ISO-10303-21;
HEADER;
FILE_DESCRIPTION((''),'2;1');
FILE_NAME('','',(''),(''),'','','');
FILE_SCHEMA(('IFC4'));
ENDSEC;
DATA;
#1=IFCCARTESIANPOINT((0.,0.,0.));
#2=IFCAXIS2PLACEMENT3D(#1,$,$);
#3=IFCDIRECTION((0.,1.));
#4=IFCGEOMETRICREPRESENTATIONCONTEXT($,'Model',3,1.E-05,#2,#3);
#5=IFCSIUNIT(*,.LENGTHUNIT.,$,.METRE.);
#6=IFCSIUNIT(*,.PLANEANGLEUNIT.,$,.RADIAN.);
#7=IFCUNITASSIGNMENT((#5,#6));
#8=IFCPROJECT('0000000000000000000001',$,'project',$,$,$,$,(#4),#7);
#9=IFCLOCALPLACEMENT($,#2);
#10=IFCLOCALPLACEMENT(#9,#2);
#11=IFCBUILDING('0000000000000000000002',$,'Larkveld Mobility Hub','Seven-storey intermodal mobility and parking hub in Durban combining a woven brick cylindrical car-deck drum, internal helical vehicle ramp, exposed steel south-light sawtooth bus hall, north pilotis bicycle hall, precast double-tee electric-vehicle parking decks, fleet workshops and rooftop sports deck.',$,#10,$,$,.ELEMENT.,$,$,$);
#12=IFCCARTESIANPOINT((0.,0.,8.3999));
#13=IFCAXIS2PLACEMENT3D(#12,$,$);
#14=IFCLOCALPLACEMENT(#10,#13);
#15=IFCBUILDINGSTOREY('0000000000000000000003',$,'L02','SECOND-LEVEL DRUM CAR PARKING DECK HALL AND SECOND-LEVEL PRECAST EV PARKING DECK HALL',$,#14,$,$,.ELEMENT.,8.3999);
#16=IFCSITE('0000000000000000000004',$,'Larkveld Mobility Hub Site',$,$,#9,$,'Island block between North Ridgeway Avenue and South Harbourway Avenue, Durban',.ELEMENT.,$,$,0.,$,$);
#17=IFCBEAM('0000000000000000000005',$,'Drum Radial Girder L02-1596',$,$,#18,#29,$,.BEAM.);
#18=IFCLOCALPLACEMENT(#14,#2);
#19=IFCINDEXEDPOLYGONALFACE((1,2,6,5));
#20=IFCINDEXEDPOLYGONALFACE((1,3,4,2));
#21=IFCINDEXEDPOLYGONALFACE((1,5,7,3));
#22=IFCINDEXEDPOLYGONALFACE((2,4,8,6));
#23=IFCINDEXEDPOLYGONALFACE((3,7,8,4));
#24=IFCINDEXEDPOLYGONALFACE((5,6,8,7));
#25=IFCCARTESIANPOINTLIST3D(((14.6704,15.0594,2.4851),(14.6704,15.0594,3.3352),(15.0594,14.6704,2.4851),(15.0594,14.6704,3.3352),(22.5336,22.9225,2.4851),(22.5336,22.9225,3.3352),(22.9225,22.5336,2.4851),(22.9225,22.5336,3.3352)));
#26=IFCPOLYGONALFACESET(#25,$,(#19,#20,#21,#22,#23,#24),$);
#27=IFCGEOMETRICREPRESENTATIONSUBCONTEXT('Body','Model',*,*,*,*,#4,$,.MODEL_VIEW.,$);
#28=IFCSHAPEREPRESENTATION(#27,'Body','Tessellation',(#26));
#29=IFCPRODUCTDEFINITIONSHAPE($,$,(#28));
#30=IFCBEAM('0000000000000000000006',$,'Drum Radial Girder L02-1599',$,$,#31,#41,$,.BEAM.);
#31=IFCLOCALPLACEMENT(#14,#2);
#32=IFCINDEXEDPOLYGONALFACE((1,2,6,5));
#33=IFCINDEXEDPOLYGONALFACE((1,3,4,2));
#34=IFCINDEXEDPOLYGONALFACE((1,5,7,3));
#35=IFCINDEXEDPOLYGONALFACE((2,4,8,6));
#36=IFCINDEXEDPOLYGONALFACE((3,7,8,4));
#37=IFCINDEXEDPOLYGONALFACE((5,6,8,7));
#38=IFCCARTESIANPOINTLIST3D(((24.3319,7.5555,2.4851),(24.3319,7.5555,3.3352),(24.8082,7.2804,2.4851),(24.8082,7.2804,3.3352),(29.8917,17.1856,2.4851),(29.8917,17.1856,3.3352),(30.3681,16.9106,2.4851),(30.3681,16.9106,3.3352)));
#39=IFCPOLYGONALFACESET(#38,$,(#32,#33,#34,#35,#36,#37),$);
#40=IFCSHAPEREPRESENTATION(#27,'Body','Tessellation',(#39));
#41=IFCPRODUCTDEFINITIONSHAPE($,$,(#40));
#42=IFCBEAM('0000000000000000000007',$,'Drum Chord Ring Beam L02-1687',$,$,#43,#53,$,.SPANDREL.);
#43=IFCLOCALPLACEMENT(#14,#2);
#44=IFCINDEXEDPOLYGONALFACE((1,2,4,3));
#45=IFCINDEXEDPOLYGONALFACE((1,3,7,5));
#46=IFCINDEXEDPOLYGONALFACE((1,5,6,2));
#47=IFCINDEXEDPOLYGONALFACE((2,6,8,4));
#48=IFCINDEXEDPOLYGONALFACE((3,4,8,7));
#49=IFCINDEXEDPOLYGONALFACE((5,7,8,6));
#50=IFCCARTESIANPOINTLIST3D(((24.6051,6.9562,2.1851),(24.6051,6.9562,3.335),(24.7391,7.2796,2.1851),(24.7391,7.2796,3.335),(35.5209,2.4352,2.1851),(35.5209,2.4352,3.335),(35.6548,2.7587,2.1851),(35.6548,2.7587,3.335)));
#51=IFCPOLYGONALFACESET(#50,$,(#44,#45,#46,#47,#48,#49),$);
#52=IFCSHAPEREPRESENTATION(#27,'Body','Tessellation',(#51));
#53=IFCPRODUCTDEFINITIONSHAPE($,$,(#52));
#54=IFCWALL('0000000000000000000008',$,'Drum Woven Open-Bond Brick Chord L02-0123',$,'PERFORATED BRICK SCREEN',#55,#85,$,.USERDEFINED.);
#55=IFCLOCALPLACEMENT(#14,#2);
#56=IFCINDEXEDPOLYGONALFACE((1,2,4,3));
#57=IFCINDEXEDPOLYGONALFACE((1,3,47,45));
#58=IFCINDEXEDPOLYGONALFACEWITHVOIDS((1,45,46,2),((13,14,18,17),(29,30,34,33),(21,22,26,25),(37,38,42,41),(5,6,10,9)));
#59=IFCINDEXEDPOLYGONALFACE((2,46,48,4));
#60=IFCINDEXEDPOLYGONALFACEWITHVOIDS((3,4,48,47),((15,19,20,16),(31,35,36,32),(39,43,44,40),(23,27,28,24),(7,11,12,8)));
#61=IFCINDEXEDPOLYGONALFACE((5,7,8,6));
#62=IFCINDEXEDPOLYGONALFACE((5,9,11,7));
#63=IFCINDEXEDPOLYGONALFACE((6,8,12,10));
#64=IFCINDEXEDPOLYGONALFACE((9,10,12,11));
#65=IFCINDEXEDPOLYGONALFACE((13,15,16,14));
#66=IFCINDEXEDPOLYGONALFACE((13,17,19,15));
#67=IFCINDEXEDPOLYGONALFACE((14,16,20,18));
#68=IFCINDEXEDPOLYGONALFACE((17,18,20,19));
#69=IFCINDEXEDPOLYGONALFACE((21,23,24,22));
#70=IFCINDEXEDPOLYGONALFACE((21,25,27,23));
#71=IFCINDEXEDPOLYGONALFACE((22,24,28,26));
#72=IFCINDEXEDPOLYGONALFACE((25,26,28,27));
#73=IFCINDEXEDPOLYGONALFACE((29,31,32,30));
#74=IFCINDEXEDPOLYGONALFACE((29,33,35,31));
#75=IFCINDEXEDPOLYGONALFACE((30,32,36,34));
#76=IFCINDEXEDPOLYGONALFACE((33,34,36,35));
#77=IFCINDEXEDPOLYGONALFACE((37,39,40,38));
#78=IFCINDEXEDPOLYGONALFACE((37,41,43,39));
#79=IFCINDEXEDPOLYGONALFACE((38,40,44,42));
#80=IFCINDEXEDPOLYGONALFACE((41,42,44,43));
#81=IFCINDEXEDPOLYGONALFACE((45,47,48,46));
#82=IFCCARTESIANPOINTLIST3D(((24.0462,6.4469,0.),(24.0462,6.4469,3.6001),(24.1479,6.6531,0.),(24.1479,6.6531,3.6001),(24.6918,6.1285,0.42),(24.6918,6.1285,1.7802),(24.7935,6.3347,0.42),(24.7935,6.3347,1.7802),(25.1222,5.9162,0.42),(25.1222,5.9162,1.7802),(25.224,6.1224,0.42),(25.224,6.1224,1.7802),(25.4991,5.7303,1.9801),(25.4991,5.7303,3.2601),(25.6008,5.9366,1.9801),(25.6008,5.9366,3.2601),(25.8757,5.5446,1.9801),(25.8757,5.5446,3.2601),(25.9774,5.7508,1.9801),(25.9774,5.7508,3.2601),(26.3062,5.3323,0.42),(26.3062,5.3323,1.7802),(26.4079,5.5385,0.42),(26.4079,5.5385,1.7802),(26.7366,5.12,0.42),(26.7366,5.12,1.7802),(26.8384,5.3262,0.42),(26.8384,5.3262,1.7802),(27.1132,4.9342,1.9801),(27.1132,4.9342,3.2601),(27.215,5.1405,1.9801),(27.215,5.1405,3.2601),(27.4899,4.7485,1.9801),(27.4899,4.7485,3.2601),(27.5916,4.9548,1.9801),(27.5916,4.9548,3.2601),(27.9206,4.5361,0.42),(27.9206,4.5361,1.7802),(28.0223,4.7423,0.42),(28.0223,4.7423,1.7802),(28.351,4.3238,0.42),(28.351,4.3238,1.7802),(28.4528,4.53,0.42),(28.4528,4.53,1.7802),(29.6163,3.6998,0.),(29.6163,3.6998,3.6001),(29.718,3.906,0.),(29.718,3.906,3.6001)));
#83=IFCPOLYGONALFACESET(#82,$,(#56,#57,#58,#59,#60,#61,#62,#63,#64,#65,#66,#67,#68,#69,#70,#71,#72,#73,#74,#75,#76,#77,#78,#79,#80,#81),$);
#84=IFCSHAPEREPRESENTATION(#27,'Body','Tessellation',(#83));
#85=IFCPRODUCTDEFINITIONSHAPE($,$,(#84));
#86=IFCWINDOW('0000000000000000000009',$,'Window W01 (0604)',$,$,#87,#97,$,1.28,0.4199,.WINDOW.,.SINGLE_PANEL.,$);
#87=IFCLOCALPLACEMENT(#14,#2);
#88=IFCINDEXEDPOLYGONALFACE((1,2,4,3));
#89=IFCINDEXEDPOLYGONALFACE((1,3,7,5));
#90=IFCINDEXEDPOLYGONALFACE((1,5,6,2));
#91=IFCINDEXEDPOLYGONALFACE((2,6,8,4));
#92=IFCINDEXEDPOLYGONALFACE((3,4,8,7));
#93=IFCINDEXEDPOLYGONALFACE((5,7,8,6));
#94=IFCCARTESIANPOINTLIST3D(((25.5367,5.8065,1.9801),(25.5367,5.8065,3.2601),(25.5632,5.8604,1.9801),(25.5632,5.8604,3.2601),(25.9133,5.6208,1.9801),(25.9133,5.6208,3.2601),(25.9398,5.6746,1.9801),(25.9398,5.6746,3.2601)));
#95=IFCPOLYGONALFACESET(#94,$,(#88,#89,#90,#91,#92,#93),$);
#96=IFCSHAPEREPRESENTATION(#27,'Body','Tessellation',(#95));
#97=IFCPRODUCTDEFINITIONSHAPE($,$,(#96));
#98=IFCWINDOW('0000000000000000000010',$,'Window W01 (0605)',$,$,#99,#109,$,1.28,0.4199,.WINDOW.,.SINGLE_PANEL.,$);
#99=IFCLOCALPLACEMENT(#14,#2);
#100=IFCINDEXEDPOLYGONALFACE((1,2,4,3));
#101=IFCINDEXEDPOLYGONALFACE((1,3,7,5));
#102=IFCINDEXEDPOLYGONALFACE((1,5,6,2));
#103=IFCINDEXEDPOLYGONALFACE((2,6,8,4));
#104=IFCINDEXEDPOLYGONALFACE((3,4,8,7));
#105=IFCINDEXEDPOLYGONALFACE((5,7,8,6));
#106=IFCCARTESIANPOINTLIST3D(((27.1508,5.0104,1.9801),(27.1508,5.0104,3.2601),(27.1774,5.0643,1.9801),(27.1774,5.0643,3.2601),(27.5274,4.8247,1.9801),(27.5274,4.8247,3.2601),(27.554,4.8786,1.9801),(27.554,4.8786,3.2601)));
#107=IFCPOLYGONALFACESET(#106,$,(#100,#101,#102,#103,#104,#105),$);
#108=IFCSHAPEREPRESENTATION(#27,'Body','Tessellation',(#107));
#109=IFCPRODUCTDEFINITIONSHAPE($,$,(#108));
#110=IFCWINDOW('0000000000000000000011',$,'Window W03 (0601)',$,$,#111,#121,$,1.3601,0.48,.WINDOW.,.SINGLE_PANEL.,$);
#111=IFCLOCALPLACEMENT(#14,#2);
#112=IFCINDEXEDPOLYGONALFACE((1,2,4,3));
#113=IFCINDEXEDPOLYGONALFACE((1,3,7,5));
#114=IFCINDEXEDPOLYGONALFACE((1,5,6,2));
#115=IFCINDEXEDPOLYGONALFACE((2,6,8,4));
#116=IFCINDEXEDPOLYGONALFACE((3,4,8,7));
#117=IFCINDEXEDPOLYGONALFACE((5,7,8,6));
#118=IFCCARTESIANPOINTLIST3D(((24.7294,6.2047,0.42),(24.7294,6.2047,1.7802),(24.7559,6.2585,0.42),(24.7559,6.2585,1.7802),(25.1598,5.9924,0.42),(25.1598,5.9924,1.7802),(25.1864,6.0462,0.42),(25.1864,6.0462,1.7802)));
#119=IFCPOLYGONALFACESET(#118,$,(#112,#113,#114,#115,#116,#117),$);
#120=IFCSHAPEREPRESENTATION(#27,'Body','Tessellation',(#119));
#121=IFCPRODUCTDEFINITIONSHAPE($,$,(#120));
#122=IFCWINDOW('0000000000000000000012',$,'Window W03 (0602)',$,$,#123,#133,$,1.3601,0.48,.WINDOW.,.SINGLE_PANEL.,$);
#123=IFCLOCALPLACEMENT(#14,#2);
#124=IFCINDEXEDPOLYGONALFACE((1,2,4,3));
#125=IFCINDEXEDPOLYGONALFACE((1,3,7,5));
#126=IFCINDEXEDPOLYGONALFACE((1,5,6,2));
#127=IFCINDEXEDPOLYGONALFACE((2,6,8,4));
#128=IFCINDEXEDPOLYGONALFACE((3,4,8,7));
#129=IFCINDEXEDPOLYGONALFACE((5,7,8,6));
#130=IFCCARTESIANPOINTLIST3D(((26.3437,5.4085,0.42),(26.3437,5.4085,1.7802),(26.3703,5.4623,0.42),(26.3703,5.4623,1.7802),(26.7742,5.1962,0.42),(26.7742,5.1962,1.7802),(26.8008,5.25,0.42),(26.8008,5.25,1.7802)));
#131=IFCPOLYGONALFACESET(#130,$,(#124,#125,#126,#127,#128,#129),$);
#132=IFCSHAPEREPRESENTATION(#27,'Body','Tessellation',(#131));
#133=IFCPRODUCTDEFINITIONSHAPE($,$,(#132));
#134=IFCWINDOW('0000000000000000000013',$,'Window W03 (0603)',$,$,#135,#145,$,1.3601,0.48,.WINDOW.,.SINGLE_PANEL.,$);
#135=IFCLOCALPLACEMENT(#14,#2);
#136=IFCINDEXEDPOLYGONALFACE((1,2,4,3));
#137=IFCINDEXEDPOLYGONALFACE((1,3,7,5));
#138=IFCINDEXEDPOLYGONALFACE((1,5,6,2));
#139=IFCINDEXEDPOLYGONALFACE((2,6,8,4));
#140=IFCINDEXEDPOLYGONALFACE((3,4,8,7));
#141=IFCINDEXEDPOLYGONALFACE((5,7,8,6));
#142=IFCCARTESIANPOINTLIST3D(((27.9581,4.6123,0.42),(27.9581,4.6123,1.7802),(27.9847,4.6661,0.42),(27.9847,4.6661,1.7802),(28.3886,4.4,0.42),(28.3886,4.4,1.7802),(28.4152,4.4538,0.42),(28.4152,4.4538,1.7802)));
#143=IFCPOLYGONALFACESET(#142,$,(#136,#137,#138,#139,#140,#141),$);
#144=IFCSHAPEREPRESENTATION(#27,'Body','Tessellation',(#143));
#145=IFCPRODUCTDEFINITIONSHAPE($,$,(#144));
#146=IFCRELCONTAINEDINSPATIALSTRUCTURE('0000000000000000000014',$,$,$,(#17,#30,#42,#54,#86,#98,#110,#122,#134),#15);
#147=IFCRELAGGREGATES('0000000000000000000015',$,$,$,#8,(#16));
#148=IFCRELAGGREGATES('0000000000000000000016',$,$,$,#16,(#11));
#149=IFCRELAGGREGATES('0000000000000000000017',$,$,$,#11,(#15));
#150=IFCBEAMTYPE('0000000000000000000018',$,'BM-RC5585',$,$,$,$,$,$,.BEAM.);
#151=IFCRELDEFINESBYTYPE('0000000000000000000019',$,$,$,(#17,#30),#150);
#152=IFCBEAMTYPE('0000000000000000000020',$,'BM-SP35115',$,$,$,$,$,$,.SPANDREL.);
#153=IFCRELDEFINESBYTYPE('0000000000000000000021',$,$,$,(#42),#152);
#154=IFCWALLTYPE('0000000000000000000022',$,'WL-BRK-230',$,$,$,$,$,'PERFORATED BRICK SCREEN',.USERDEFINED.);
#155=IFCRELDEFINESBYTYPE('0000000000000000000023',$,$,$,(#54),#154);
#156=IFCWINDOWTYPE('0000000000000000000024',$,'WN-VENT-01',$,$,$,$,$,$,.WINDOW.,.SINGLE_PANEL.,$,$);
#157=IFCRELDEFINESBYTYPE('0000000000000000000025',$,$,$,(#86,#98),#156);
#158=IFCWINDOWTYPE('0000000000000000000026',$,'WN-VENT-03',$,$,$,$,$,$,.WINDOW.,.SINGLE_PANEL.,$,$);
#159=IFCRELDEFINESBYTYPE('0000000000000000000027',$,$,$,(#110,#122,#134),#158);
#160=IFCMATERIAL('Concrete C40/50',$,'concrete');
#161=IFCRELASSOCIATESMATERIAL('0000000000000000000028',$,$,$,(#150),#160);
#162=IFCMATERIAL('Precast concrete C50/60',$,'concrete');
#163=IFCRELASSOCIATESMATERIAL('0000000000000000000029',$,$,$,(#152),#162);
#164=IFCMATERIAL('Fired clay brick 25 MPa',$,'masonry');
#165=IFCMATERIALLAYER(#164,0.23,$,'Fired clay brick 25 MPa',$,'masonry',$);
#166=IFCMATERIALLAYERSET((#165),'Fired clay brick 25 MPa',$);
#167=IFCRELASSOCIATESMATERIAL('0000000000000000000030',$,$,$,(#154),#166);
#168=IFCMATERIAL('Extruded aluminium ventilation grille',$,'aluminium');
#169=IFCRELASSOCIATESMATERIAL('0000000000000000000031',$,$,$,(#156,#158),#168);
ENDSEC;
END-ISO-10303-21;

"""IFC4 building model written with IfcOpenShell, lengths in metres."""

from ifc_helpers import new_model, si_unit, direction, frame, frame_2d, origin, origin_2d, place, context, subcontext, project, spatial, rectangle, extrude, material, layer, layer_set, material_profile, profile_set, type_object, element, fill, save


model = new_model("IFC4")

# Units and contexts
model_context = context("Model", 3, precision=1e-05, world=origin(), true_north=direction((0.0, 1.0)))
body_context = subcontext(model_context, "Body", "Model", "MODEL_VIEW")
ifc_project = project(units=[si_unit("LENGTHUNIT", "METRE"), si_unit("PLANEANGLEUNIT", "RADIAN")], contexts=[model_context])

# Site, building, storey
site_placement = place(None, origin())
site = spatial("IfcSite", under=ifc_project, at=site_placement, Name="Larkveld Mobility Hub Site", LongName="Island block between North Ridgeway Avenue and South Harbourway Avenue, Durban", CompositionType="ELEMENT", RefElevation=0.0)
building_placement = place(site_placement, origin())
building = spatial("IfcBuilding", under=site, at=building_placement, Name="Larkveld Mobility Hub", Description="Seven-storey intermodal mobility and parking hub in Durban combining a woven brick cylindrical car-deck drum, internal helical vehicle ramp, exposed steel south-light sawtooth bus hall, north pilotis bicycle hall, precast double-tee electric-vehicle parking decks, fleet workshops and rooftop sports deck.", CompositionType="ELEMENT")
storey_placement = place(building_placement, frame((0.0, 0.0, 8.3999)))
storey = spatial("IfcBuildingStorey", under=building, at=storey_placement, Name="L02", Description="SECOND-LEVEL DRUM CAR PARKING DECK HALL AND SECOND-LEVEL PRECAST EV PARKING DECK HALL", CompositionType="ELEMENT", Elevation=8.3999)

# Shared definitions
ifc_material_1 = material(Name="Concrete C40/50", Category="concrete")

# Beams
ifc_material_profile_1 = material_profile(ifc_material_1, rectangle(XDim=0.55, YDim=0.8501, at=origin_2d()), Name="RC BM 550x850")
ifc_profile_set_1 = profile_set([ifc_material_profile_1], Name="Concrete C40/50")
beam_type_1 = type_object("IfcBeamType", Name="BM-RC5585", PredefinedType="BEAM", material=ifc_profile_set_1)
beam_1_placement = place(storey_placement, frame((22.728, 22.728, 2.9102), z_axis=(-0.707107, -0.707107, 0.0), x_axis=(0.707107, -0.707107, 0.0)))
element("IfcBeam", 1, at=beam_1_placement, inside=storey, type_object=beam_type_1, Name="Drum Radial Girder L02-1596", PredefinedType="BEAM", context=body_context, shape_type="SweptSolid", body=[
    extrude(rectangle(XDim=0.55, YDim=0.8501, at=origin_2d()), origin(), (0.0, 0.0, 1.0), 11.1201),
])
beam_2_placement = place(storey_placement, frame((30.1299, 17.0481, 2.9102), z_axis=(-0.49999, -0.866031, 0.0), x_axis=(0.866031, -0.49999, 0.0)))
element("IfcBeam", 2, at=beam_2_placement, inside=storey, type_object=beam_type_1, Name="Drum Radial Girder L02-1599", PredefinedType="BEAM", context=body_context, shape_type="SweptSolid", body=[
    extrude(rectangle(XDim=0.55, YDim=0.8501, at=origin_2d()), origin(), (0.0, 0.0, 1.0), 11.1199),
])
ifc_material_2 = material(Name="Precast concrete C50/60", Category="concrete")
ifc_material_profile_2 = material_profile(ifc_material_2, rectangle(XDim=0.3501, YDim=1.1499, at=origin_2d()), Name="PC SP 350x1150")
ifc_profile_set_2 = profile_set([ifc_material_profile_2], Name="Precast concrete C50/60")
beam_type_2 = type_object("IfcBeamType", Name="BM-SP35115", PredefinedType="SPANDREL", material=ifc_profile_set_2)
beam_3_placement = place(storey_placement, frame((24.6721, 7.1179, 2.76), z_axis=(0.923893, -0.38265, 0.0), x_axis=(0.38265, 0.923893, 0.0)))
element("IfcBeam", 3, at=beam_3_placement, inside=storey, type_object=beam_type_2, Name="Drum Chord Ring Beam L02-1687", PredefinedType="SPANDREL", context=body_context, shape_type="SweptSolid", body=[
    extrude(rectangle(XDim=0.3501, YDim=1.1499, at=origin_2d()), origin(), (0.0, 0.0, 1.0), 11.8149),
])

# Wall, openings, windows
ifc_material_3 = material(Name="Fired clay brick 25 MPa", Category="masonry")
ifc_layer_1 = layer(ifc_material_3, 0.23, Name="Fired clay brick 25 MPa", Category="masonry")
ifc_layer_set_1 = layer_set([ifc_layer_1], Name="Fired clay brick 25 MPa")
wall_type_1 = type_object("IfcWallType", Name="WL-BRK-230", ElementType="PERFORATED BRICK SCREEN", PredefinedType="USERDEFINED", material=ifc_layer_set_1)
wall_1_placement = place(storey_placement, frame((24.0969, 6.55, 0.0), z_axis=(0.0, 0.0, 1.0), x_axis=(0.896859, -0.442317, 0.0)))
wall_1 = element("IfcWall", 4, at=wall_1_placement, inside=storey, type_object=wall_type_1, Name="Drum Woven Open-Bond Brick Chord L02-0123", ObjectType="PERFORATED BRICK SCREEN", PredefinedType="USERDEFINED", context=body_context, shape_type="SweptSolid", body=[
    extrude(rectangle(XDim=6.2107, YDim=0.23, at=frame_2d((3.1055, 0.0))), origin(), (0.0, 0.0, 1.0), 3.6001),
])
opening_1_placement = place(wall_1_placement, frame((0.72, 0.0, 0.4199)))
opening_1 = element("IfcOpeningElement", 5, at=opening_1_placement, cuts=wall_1, PredefinedType="OPENING", context=body_context, shape_type="SweptSolid", body=[
    extrude(rectangle(XDim=0.48, YDim=1.3601, at=frame_2d((0.24, 0.6802))), frame((0.0, 0.125, 0.0), z_axis=(0.0, -1.0, 0.0), x_axis=(1.0, 0.0, 0.0)), (0.0, 0.0, 1.0), 0.25),
])
opening_2_placement = place(wall_1_placement, frame((2.52, 0.0, 0.4199)))
opening_2 = element("IfcOpeningElement", 6, at=opening_2_placement, cuts=wall_1, PredefinedType="OPENING", context=body_context, shape_type="SweptSolid", body=[
    extrude(rectangle(XDim=0.48, YDim=1.3601, at=frame_2d((0.24, 0.6802))), frame((0.0, 0.125, 0.0), z_axis=(0.0, -1.0, 0.0), x_axis=(1.0, 0.0, 0.0)), (0.0, 0.0, 1.0), 0.25),
])
opening_3_placement = place(wall_1_placement, frame((4.3201, 0.0, 0.4199)))
opening_3 = element("IfcOpeningElement", 7, at=opening_3_placement, cuts=wall_1, PredefinedType="OPENING", context=body_context, shape_type="SweptSolid", body=[
    extrude(rectangle(XDim=0.48, YDim=1.3601, at=frame_2d((0.24, 0.6802))), frame((0.0, 0.125, 0.0), z_axis=(0.0, -1.0, 0.0), x_axis=(1.0, 0.0, 0.0)), (0.0, 0.0, 1.0), 0.25),
])
opening_4_placement = place(wall_1_placement, frame((1.6201, 0.0, 1.98)))
opening_4 = element("IfcOpeningElement", 8, at=opening_4_placement, cuts=wall_1, PredefinedType="OPENING", context=body_context, shape_type="SweptSolid", body=[
    extrude(rectangle(XDim=0.4199, YDim=1.28, at=frame_2d((0.21, 0.6401))), frame((0.0, 0.125, 0.0), z_axis=(0.0, -1.0, 0.0), x_axis=(1.0, 0.0, 0.0)), (0.0, 0.0, 1.0), 0.25),
])
opening_5_placement = place(wall_1_placement, frame((3.4199, 0.0, 1.98)))
opening_5 = element("IfcOpeningElement", 9, at=opening_5_placement, cuts=wall_1, PredefinedType="OPENING", context=body_context, shape_type="SweptSolid", body=[
    extrude(rectangle(XDim=0.4199, YDim=1.28, at=frame_2d((0.21, 0.6401))), frame((0.0, 0.125, 0.0), z_axis=(0.0, -1.0, 0.0), x_axis=(1.0, 0.0, 0.0)), (0.0, 0.0, 1.0), 0.25),
])
ifc_material_4 = material(Name="Extruded aluminium ventilation grille", Category="aluminium")
window_type_1 = type_object("IfcWindowType", Name="WN-VENT-01", PartitioningType="SINGLE_PANEL", PredefinedType="WINDOW", material=ifc_material_4)
window_1_placement = place(opening_4_placement, origin())
window_1 = element("IfcWindow", 10, at=window_1_placement, inside=storey, type_object=window_type_1, Name="Window W01 (0604)", OverallHeight=1.28, OverallWidth=0.4199, PartitioningType="SINGLE_PANEL", PredefinedType="WINDOW", context=body_context, shape_type="SweptSolid", body=[
    extrude(rectangle(XDim=0.4199, YDim=1.28, at=frame_2d((0.21, 0.6401))), frame((0.0, 0.03, 0.0), z_axis=(0.0, -1.0, 0.0), x_axis=(1.0, 0.0, 0.0)), (0.0, 0.0, 1.0), 0.0601),
])
fill(opening_4, window_1)
window_2_placement = place(opening_5_placement, origin())
window_2 = element("IfcWindow", 11, at=window_2_placement, inside=storey, type_object=window_type_1, Name="Window W01 (0605)", OverallHeight=1.28, OverallWidth=0.4199, PartitioningType="SINGLE_PANEL", PredefinedType="WINDOW", context=body_context, shape_type="SweptSolid", body=[
    extrude(rectangle(XDim=0.4199, YDim=1.28, at=frame_2d((0.21, 0.6401))), frame((0.0, 0.03, 0.0), z_axis=(0.0, -1.0, 0.0), x_axis=(1.0, 0.0, 0.0)), (0.0, 0.0, 1.0), 0.0601),
])
fill(opening_5, window_2)
window_type_2 = type_object("IfcWindowType", Name="WN-VENT-03", PartitioningType="SINGLE_PANEL", PredefinedType="WINDOW", material=ifc_material_4)
window_3_placement = place(opening_1_placement, origin())
window_3 = element("IfcWindow", 12, at=window_3_placement, inside=storey, type_object=window_type_2, Name="Window W03 (0601)", OverallHeight=1.3601, OverallWidth=0.48, PartitioningType="SINGLE_PANEL", PredefinedType="WINDOW", context=body_context, shape_type="SweptSolid", body=[
    extrude(rectangle(XDim=0.48, YDim=1.3601, at=frame_2d((0.24, 0.6802))), frame((0.0, 0.03, 0.0), z_axis=(0.0, -1.0, 0.0), x_axis=(1.0, 0.0, 0.0)), (0.0, 0.0, 1.0), 0.0601),
])
fill(opening_1, window_3)
window_4_placement = place(opening_2_placement, origin())
window_4 = element("IfcWindow", 13, at=window_4_placement, inside=storey, type_object=window_type_2, Name="Window W03 (0602)", OverallHeight=1.3601, OverallWidth=0.48, PartitioningType="SINGLE_PANEL", PredefinedType="WINDOW", context=body_context, shape_type="SweptSolid", body=[
    extrude(rectangle(XDim=0.48, YDim=1.3601, at=frame_2d((0.24, 0.6802))), frame((0.0, 0.03, 0.0), z_axis=(0.0, -1.0, 0.0), x_axis=(1.0, 0.0, 0.0)), (0.0, 0.0, 1.0), 0.0601),
])
fill(opening_2, window_4)
window_5_placement = place(opening_3_placement, origin())
window_5 = element("IfcWindow", 14, at=window_5_placement, inside=storey, type_object=window_type_2, Name="Window W03 (0603)", OverallHeight=1.3601, OverallWidth=0.48, PartitioningType="SINGLE_PANEL", PredefinedType="WINDOW", context=body_context, shape_type="SweptSolid", body=[
    extrude(rectangle(XDim=0.48, YDim=1.3601, at=frame_2d((0.24, 0.6802))), frame((0.0, 0.03, 0.0), z_axis=(0.0, -1.0, 0.0), x_axis=(1.0, 0.0, 0.0)), (0.0, 0.0, 1.0), 0.0601),
])
fill(opening_3, window_5)

save(model, "model.ifc")
